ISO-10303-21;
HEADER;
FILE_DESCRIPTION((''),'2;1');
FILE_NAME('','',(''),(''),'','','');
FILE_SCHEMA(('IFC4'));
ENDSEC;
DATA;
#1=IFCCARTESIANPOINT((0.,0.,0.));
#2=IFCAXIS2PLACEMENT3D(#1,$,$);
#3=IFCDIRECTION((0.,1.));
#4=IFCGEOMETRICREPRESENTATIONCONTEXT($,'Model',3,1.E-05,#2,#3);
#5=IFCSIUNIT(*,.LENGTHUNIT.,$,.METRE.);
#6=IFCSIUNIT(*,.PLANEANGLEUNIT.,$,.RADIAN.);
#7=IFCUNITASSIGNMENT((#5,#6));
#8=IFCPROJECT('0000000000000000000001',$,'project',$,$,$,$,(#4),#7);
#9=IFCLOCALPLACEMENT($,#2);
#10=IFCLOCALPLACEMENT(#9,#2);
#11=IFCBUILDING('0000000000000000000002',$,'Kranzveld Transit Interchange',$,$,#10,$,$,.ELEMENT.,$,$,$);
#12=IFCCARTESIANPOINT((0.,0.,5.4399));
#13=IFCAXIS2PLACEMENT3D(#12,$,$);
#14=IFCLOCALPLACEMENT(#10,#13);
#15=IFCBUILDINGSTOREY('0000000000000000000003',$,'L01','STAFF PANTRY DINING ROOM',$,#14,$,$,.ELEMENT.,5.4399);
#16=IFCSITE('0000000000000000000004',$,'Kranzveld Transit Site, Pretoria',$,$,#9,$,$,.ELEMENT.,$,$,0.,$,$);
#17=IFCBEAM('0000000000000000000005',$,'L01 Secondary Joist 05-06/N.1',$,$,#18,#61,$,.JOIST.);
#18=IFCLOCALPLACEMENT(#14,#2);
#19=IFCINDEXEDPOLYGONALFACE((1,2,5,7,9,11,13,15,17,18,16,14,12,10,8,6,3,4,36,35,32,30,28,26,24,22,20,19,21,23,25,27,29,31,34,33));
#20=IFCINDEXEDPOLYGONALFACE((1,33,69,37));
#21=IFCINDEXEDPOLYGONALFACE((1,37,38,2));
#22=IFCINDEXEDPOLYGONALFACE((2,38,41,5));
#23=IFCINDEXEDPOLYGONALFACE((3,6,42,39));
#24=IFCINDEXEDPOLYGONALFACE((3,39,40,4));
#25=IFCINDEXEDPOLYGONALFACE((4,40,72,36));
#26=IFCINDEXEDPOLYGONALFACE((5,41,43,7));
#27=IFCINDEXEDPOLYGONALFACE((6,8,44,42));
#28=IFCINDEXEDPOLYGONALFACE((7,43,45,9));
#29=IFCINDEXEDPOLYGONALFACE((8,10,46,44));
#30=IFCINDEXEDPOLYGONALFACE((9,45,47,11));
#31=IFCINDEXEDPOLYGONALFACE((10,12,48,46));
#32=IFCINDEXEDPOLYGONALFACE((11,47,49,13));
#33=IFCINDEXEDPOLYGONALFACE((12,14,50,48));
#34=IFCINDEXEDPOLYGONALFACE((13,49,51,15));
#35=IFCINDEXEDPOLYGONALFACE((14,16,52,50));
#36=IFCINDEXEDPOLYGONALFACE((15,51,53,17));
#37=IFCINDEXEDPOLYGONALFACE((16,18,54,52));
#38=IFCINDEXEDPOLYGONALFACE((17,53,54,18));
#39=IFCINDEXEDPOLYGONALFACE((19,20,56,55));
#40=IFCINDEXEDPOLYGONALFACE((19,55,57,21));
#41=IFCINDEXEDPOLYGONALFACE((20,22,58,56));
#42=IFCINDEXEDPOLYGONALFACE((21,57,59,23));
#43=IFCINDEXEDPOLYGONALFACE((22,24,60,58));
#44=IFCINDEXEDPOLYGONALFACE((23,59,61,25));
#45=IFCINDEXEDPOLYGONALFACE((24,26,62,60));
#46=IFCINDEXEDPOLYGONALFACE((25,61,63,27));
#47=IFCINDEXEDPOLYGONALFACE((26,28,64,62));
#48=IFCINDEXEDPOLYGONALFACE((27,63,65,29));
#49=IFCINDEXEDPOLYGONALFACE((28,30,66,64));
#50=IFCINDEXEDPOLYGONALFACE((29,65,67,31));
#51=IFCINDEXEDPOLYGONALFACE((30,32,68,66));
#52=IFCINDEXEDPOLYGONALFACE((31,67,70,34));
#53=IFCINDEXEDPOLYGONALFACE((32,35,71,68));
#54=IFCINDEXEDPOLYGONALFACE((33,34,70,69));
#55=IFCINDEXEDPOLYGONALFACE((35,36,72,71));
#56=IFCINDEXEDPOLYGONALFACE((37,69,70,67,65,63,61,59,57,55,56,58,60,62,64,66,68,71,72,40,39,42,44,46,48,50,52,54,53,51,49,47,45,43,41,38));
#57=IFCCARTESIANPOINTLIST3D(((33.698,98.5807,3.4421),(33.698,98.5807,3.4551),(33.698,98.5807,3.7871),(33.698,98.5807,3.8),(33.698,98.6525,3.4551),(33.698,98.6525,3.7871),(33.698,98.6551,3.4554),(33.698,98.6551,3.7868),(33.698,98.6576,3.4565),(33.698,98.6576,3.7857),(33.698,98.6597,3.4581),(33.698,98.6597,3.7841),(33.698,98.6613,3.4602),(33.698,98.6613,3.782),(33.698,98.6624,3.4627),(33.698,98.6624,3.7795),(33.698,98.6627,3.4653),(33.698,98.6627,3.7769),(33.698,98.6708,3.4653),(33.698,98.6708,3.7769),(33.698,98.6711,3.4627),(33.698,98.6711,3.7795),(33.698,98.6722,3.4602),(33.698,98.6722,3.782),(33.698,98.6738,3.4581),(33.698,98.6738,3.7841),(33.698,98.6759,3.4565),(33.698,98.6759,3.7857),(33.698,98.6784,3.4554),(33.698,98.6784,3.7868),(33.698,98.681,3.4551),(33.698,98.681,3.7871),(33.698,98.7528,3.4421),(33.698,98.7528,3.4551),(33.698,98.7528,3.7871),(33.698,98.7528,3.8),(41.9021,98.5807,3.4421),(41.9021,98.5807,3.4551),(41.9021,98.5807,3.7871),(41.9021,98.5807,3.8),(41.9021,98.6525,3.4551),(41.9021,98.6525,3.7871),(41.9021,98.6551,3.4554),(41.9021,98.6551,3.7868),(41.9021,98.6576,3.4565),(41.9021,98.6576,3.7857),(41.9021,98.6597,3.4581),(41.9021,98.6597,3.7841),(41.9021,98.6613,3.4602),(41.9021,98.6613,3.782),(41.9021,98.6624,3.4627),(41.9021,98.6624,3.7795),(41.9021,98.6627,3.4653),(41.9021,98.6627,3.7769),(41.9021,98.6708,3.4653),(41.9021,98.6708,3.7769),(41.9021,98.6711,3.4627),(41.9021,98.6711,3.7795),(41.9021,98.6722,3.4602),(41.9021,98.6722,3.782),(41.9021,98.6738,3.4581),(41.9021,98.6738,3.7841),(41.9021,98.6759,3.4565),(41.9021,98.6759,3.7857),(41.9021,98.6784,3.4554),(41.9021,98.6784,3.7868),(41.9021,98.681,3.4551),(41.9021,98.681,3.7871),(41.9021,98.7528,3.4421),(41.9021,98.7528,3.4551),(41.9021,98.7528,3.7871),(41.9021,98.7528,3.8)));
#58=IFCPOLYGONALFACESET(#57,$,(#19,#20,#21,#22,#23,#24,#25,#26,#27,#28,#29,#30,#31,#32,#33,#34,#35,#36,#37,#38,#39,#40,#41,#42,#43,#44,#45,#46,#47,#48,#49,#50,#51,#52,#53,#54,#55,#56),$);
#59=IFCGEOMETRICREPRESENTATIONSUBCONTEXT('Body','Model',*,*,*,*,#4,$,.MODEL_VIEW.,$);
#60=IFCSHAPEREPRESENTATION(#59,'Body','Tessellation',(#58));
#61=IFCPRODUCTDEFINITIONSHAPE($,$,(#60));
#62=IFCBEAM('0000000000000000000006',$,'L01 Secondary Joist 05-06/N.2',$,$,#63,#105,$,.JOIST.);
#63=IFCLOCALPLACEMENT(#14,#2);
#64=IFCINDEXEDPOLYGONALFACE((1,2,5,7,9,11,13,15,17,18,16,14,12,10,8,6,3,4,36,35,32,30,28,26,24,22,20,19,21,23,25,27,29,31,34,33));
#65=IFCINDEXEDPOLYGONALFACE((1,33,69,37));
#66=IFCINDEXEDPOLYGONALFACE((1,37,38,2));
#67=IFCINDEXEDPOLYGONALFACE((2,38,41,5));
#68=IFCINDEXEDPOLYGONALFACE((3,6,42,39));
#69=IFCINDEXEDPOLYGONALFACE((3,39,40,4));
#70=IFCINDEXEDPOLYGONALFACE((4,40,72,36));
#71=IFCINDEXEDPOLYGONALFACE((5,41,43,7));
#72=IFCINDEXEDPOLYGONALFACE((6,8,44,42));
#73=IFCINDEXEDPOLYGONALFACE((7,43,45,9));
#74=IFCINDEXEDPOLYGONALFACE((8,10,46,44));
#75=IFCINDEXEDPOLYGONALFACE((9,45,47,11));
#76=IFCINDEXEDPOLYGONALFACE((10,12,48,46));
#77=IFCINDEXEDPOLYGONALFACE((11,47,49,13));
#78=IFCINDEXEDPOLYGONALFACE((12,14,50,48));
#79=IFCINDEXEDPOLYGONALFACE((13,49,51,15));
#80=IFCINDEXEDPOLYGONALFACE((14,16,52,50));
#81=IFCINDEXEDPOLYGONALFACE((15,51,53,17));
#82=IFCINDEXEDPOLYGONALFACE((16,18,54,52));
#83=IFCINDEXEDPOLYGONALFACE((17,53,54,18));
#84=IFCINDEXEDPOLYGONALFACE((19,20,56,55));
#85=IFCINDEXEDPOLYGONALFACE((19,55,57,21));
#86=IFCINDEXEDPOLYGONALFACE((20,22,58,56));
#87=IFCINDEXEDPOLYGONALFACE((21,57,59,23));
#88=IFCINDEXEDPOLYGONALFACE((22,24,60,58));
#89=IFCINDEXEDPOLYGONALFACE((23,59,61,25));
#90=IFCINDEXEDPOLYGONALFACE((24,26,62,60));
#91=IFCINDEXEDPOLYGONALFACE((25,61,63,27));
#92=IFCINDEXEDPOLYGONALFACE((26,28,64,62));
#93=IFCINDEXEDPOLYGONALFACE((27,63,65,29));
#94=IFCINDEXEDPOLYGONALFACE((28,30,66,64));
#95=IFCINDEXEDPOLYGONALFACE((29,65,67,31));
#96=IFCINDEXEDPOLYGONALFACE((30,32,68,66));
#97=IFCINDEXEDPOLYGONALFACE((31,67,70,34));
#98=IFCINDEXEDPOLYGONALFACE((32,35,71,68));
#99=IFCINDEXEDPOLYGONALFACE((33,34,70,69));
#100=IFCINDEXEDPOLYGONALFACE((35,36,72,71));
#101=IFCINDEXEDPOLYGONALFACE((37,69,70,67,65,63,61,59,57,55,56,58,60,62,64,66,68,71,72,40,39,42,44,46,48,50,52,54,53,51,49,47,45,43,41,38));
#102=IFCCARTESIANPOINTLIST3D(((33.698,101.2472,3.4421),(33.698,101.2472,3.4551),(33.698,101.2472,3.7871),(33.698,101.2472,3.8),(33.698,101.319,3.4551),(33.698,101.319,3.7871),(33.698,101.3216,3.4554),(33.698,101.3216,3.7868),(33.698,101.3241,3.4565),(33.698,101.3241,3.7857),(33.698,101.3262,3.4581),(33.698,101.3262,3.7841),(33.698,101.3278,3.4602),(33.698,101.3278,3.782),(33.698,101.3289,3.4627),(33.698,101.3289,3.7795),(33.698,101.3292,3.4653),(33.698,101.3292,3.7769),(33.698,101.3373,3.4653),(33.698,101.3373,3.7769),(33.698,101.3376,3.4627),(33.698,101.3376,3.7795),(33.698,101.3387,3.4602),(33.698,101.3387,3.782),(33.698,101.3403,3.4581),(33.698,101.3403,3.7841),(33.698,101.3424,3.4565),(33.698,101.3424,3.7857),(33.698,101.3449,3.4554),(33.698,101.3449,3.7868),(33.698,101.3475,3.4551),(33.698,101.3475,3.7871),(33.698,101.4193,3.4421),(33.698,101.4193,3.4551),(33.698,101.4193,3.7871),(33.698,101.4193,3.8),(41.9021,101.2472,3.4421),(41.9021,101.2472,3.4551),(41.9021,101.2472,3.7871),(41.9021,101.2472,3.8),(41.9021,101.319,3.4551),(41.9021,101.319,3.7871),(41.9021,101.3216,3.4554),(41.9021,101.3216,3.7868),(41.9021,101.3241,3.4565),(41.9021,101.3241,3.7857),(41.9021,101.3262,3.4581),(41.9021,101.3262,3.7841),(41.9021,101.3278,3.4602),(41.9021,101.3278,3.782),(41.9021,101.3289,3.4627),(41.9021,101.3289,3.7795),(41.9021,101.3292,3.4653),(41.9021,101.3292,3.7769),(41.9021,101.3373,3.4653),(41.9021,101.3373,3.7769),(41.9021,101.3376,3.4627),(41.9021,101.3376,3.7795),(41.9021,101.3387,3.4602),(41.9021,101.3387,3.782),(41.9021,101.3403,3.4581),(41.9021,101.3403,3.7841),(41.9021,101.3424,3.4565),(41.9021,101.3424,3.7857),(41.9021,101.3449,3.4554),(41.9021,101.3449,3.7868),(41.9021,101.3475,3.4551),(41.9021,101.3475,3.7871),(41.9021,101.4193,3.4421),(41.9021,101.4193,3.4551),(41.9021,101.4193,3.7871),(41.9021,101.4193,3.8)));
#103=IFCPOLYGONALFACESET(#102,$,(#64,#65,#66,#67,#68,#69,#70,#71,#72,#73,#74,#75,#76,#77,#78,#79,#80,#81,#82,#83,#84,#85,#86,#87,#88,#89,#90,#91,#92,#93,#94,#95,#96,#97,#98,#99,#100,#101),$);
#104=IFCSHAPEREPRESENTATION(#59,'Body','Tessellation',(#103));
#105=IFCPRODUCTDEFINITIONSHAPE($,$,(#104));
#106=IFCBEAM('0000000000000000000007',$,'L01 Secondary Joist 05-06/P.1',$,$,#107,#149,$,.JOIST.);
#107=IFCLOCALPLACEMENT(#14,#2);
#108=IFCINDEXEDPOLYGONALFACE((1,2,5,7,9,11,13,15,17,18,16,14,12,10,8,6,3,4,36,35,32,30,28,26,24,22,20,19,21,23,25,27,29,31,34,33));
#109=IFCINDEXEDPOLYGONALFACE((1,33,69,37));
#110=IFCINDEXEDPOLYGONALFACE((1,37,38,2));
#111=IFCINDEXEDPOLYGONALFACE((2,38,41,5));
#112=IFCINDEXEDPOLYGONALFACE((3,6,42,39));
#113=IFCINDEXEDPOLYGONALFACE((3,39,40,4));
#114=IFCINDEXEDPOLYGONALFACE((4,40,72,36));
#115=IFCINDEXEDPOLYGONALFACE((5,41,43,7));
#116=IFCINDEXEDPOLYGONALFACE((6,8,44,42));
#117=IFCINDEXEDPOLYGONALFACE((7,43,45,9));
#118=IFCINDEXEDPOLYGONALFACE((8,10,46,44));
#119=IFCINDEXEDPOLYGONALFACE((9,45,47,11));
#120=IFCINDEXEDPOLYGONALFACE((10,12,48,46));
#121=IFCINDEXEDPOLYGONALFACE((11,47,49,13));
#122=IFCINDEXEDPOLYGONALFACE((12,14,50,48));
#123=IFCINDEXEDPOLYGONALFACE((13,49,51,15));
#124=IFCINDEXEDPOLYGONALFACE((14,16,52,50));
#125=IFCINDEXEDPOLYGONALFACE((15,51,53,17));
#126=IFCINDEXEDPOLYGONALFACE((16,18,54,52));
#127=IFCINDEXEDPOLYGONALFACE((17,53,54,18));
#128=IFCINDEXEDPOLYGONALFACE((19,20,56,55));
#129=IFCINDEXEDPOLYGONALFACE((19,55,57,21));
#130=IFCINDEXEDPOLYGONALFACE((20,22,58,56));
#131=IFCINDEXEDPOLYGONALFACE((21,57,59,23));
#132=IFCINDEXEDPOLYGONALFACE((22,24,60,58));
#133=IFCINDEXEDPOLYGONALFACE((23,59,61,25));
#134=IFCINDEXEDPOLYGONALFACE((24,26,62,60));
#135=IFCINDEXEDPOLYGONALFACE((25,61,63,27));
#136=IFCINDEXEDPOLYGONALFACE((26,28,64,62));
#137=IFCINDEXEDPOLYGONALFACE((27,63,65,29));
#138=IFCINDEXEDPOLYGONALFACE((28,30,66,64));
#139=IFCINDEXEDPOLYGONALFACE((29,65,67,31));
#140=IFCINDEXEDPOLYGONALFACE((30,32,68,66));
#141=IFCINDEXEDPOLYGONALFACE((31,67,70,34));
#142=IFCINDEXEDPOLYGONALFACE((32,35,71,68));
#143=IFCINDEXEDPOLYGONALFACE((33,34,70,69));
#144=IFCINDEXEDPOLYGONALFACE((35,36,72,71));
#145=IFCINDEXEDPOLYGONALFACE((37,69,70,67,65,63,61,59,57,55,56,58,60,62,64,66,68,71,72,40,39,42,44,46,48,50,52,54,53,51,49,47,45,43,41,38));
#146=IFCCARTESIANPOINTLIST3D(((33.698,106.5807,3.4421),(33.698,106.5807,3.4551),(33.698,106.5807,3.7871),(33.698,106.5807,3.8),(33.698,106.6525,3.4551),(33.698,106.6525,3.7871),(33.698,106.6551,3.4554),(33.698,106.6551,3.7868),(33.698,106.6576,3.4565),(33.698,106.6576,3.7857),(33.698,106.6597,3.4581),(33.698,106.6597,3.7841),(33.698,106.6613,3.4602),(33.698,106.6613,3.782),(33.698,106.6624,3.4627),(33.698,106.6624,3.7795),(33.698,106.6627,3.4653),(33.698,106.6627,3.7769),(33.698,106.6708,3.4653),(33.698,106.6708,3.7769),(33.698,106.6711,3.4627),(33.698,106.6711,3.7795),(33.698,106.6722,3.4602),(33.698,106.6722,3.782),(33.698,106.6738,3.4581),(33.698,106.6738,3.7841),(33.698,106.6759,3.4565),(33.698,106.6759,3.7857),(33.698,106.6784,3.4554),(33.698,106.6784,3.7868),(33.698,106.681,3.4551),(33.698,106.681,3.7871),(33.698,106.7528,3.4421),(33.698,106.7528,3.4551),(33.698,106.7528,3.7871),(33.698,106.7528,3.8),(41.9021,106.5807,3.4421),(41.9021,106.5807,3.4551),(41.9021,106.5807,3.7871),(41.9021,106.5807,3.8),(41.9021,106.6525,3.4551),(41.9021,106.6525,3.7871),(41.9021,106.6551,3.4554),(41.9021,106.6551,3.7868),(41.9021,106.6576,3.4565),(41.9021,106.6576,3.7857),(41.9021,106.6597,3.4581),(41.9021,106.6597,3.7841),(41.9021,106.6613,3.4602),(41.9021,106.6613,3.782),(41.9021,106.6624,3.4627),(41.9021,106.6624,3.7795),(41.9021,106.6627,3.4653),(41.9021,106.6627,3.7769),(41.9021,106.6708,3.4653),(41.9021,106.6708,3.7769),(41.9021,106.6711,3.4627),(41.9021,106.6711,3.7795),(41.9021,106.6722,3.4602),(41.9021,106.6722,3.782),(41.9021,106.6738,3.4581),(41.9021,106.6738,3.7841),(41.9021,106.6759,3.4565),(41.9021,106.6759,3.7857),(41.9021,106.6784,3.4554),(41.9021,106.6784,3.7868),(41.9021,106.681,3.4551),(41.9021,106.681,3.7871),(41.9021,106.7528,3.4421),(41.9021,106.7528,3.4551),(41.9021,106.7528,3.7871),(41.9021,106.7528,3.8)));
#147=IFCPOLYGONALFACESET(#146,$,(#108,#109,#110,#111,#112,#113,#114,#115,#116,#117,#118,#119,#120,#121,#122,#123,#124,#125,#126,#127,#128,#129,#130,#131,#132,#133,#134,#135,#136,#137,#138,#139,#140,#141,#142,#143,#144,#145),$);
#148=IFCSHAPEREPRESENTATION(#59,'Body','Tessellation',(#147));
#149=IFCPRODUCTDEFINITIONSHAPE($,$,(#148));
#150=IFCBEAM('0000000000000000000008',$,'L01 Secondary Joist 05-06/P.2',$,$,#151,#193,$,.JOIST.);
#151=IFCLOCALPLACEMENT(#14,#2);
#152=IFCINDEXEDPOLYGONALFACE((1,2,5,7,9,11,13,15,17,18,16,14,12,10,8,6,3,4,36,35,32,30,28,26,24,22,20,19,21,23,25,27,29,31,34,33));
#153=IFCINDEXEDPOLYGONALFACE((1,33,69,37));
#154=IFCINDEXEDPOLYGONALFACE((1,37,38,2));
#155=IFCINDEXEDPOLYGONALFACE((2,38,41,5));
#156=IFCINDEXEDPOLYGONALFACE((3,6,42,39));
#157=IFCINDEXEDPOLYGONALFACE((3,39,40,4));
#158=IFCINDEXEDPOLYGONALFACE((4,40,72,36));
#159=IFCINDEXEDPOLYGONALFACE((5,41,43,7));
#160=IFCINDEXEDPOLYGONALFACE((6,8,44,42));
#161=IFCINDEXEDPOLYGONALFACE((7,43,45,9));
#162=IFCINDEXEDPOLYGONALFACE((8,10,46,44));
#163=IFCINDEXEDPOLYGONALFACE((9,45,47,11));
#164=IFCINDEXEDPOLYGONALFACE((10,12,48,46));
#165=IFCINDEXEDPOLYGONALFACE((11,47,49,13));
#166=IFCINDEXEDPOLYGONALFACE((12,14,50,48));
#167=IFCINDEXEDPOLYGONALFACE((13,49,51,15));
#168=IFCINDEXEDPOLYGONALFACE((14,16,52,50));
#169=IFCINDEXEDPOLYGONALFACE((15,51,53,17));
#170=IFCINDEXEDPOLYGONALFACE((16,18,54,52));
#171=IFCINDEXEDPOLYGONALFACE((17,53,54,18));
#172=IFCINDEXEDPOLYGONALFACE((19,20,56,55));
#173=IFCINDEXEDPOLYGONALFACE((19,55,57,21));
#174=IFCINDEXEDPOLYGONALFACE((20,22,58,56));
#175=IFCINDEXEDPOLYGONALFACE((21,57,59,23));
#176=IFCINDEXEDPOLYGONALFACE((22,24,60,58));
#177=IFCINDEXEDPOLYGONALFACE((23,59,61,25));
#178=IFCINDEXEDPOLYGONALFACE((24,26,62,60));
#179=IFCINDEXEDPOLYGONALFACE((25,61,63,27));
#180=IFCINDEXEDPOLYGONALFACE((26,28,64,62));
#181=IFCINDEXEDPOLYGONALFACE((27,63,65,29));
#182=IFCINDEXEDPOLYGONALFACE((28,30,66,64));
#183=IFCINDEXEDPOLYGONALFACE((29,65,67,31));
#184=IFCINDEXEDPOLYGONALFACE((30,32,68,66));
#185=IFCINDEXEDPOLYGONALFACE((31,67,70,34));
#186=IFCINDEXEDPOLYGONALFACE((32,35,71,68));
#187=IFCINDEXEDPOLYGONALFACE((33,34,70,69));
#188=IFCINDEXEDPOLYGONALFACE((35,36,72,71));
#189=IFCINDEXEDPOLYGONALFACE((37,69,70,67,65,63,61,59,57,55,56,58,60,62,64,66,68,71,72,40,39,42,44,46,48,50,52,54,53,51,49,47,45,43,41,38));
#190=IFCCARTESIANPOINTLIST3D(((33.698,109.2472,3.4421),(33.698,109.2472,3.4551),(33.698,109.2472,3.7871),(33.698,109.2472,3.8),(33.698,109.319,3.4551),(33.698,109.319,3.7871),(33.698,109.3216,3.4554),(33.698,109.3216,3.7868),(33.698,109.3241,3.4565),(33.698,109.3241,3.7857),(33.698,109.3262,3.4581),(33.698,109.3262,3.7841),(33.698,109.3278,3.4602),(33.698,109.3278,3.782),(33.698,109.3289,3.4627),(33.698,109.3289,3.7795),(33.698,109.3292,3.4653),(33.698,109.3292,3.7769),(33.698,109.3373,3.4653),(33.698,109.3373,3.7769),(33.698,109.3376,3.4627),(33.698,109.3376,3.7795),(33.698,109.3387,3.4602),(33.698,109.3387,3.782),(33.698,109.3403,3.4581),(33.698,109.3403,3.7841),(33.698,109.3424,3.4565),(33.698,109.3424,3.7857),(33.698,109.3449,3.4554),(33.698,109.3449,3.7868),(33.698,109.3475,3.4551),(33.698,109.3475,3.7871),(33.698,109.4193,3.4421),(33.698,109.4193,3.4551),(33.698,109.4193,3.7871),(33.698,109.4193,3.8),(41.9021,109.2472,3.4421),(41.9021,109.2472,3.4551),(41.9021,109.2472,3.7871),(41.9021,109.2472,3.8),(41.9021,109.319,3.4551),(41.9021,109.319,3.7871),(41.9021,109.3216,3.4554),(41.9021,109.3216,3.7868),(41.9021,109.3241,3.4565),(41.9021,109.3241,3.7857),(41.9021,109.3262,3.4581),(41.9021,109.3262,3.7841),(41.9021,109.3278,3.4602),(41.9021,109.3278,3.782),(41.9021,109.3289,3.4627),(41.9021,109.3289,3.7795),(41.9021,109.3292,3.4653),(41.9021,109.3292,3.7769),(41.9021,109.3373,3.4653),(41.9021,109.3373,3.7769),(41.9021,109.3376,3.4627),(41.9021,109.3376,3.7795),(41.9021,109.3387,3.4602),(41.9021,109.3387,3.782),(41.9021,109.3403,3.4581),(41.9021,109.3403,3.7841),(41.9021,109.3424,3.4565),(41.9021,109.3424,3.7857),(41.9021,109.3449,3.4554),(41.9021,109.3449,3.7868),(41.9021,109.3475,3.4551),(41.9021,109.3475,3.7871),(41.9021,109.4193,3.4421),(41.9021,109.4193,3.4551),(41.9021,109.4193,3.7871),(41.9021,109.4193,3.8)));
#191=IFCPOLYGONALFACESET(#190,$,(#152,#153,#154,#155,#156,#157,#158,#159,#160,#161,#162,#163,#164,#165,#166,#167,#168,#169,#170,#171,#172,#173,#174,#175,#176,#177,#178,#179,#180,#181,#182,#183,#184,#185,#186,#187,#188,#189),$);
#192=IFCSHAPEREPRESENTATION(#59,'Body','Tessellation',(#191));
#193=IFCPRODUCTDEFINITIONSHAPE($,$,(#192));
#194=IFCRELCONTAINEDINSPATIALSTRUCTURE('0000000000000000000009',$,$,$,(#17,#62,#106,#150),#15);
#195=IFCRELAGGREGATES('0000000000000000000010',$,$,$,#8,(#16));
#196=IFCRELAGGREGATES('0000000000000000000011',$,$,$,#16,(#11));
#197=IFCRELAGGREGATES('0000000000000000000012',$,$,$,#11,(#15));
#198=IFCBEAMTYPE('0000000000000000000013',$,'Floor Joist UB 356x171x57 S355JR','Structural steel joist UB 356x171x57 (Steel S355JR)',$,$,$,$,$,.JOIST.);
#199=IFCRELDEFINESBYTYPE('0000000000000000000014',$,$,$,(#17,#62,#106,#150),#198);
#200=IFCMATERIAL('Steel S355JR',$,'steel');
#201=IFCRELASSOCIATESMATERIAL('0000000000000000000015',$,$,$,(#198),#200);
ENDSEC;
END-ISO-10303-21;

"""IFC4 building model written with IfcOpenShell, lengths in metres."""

from ifc_helpers import new_model, si_unit, direction, frame, origin, origin_2d, place, context, subcontext, project, spatial, i_section, extrude, material, material_profile, profile_set, type_object, element, save


model = new_model("IFC4")

# Units and contexts
model_context = context("Model", 3, precision=1e-05, world=origin(), true_north=direction((0.0, 1.0)))
body_context = subcontext(model_context, "Body", "Model", "MODEL_VIEW")
ifc_project = project(units=[si_unit("LENGTHUNIT", "METRE"), si_unit("PLANEANGLEUNIT", "RADIAN")], contexts=[model_context])

# Site, building, storey
site_placement = place(None, origin())
site = spatial("IfcSite", under=ifc_project, at=site_placement, Name="Kranzveld Transit Site, Pretoria", CompositionType="ELEMENT", RefElevation=0.0)
building_placement = place(site_placement, origin())
building = spatial("IfcBuilding", under=site, at=building_placement, Name="Kranzveld Transit Interchange", CompositionType="ELEMENT")
storey_placement = place(building_placement, frame((0.0, 0.0, 5.4399)))
storey = spatial("IfcBuildingStorey", under=building, at=storey_placement, Name="L01", Description="STAFF PANTRY DINING ROOM", CompositionType="ELEMENT", Elevation=5.4399)

# Beams
ifc_material_1 = material(Name="Steel S355JR", Category="steel")
ifc_material_profile_1 = material_profile(ifc_material_1, i_section(OverallWidth=0.1721, OverallDepth=0.3579, WebThickness=0.0081, FlangeThickness=0.0129, FilletRadius=0.0103, at=origin_2d()), Name="UB 356x171x57")
ifc_profile_set_1 = profile_set([ifc_material_profile_1], Name="Steel S355JR")
beam_type_1 = type_object("IfcBeamType", Name="Floor Joist UB 356x171x57 S355JR", Description="Structural steel joist UB 356x171x57 (Steel S355JR)", PredefinedType="JOIST", material=ifc_profile_set_1)
for number, where, z_axis, x_axis, name in (
    (1, (33.698, 98.6667, 3.6211), (1.0, 0.0, 0.0), (0.0, 1.0, 0.0), "L01 Secondary Joist 05-06/N.1"),
    (2, (33.698, 101.3333, 3.6211), (1.0, 0.0, 0.0), (0.0, 1.0, 0.0), "L01 Secondary Joist 05-06/N.2"),
    (3, (33.698, 106.6667, 3.6211), (1.0, 0.0, 0.0), (0.0, 1.0, 0.0), "L01 Secondary Joist 05-06/P.1"),
    (4, (33.698, 109.3333, 3.6211), (1.0, 0.0, 0.0), (0.0, 1.0, 0.0), "L01 Secondary Joist 05-06/P.2"),
):
    element("IfcBeam", number, at=place(storey_placement, frame(where, z_axis=z_axis, x_axis=x_axis)), inside=storey, type_object=beam_type_1, Name=name, PredefinedType="JOIST", context=body_context, shape_type="SweptSolid", body=[
        extrude(i_section(OverallWidth=0.1721, OverallDepth=0.3579, WebThickness=0.0081, FlangeThickness=0.0129, FilletRadius=0.0103, at=origin_2d()), origin(), (0.0, 0.0, 1.0), 8.2041),
    ])

save(model, "model.ifc")
